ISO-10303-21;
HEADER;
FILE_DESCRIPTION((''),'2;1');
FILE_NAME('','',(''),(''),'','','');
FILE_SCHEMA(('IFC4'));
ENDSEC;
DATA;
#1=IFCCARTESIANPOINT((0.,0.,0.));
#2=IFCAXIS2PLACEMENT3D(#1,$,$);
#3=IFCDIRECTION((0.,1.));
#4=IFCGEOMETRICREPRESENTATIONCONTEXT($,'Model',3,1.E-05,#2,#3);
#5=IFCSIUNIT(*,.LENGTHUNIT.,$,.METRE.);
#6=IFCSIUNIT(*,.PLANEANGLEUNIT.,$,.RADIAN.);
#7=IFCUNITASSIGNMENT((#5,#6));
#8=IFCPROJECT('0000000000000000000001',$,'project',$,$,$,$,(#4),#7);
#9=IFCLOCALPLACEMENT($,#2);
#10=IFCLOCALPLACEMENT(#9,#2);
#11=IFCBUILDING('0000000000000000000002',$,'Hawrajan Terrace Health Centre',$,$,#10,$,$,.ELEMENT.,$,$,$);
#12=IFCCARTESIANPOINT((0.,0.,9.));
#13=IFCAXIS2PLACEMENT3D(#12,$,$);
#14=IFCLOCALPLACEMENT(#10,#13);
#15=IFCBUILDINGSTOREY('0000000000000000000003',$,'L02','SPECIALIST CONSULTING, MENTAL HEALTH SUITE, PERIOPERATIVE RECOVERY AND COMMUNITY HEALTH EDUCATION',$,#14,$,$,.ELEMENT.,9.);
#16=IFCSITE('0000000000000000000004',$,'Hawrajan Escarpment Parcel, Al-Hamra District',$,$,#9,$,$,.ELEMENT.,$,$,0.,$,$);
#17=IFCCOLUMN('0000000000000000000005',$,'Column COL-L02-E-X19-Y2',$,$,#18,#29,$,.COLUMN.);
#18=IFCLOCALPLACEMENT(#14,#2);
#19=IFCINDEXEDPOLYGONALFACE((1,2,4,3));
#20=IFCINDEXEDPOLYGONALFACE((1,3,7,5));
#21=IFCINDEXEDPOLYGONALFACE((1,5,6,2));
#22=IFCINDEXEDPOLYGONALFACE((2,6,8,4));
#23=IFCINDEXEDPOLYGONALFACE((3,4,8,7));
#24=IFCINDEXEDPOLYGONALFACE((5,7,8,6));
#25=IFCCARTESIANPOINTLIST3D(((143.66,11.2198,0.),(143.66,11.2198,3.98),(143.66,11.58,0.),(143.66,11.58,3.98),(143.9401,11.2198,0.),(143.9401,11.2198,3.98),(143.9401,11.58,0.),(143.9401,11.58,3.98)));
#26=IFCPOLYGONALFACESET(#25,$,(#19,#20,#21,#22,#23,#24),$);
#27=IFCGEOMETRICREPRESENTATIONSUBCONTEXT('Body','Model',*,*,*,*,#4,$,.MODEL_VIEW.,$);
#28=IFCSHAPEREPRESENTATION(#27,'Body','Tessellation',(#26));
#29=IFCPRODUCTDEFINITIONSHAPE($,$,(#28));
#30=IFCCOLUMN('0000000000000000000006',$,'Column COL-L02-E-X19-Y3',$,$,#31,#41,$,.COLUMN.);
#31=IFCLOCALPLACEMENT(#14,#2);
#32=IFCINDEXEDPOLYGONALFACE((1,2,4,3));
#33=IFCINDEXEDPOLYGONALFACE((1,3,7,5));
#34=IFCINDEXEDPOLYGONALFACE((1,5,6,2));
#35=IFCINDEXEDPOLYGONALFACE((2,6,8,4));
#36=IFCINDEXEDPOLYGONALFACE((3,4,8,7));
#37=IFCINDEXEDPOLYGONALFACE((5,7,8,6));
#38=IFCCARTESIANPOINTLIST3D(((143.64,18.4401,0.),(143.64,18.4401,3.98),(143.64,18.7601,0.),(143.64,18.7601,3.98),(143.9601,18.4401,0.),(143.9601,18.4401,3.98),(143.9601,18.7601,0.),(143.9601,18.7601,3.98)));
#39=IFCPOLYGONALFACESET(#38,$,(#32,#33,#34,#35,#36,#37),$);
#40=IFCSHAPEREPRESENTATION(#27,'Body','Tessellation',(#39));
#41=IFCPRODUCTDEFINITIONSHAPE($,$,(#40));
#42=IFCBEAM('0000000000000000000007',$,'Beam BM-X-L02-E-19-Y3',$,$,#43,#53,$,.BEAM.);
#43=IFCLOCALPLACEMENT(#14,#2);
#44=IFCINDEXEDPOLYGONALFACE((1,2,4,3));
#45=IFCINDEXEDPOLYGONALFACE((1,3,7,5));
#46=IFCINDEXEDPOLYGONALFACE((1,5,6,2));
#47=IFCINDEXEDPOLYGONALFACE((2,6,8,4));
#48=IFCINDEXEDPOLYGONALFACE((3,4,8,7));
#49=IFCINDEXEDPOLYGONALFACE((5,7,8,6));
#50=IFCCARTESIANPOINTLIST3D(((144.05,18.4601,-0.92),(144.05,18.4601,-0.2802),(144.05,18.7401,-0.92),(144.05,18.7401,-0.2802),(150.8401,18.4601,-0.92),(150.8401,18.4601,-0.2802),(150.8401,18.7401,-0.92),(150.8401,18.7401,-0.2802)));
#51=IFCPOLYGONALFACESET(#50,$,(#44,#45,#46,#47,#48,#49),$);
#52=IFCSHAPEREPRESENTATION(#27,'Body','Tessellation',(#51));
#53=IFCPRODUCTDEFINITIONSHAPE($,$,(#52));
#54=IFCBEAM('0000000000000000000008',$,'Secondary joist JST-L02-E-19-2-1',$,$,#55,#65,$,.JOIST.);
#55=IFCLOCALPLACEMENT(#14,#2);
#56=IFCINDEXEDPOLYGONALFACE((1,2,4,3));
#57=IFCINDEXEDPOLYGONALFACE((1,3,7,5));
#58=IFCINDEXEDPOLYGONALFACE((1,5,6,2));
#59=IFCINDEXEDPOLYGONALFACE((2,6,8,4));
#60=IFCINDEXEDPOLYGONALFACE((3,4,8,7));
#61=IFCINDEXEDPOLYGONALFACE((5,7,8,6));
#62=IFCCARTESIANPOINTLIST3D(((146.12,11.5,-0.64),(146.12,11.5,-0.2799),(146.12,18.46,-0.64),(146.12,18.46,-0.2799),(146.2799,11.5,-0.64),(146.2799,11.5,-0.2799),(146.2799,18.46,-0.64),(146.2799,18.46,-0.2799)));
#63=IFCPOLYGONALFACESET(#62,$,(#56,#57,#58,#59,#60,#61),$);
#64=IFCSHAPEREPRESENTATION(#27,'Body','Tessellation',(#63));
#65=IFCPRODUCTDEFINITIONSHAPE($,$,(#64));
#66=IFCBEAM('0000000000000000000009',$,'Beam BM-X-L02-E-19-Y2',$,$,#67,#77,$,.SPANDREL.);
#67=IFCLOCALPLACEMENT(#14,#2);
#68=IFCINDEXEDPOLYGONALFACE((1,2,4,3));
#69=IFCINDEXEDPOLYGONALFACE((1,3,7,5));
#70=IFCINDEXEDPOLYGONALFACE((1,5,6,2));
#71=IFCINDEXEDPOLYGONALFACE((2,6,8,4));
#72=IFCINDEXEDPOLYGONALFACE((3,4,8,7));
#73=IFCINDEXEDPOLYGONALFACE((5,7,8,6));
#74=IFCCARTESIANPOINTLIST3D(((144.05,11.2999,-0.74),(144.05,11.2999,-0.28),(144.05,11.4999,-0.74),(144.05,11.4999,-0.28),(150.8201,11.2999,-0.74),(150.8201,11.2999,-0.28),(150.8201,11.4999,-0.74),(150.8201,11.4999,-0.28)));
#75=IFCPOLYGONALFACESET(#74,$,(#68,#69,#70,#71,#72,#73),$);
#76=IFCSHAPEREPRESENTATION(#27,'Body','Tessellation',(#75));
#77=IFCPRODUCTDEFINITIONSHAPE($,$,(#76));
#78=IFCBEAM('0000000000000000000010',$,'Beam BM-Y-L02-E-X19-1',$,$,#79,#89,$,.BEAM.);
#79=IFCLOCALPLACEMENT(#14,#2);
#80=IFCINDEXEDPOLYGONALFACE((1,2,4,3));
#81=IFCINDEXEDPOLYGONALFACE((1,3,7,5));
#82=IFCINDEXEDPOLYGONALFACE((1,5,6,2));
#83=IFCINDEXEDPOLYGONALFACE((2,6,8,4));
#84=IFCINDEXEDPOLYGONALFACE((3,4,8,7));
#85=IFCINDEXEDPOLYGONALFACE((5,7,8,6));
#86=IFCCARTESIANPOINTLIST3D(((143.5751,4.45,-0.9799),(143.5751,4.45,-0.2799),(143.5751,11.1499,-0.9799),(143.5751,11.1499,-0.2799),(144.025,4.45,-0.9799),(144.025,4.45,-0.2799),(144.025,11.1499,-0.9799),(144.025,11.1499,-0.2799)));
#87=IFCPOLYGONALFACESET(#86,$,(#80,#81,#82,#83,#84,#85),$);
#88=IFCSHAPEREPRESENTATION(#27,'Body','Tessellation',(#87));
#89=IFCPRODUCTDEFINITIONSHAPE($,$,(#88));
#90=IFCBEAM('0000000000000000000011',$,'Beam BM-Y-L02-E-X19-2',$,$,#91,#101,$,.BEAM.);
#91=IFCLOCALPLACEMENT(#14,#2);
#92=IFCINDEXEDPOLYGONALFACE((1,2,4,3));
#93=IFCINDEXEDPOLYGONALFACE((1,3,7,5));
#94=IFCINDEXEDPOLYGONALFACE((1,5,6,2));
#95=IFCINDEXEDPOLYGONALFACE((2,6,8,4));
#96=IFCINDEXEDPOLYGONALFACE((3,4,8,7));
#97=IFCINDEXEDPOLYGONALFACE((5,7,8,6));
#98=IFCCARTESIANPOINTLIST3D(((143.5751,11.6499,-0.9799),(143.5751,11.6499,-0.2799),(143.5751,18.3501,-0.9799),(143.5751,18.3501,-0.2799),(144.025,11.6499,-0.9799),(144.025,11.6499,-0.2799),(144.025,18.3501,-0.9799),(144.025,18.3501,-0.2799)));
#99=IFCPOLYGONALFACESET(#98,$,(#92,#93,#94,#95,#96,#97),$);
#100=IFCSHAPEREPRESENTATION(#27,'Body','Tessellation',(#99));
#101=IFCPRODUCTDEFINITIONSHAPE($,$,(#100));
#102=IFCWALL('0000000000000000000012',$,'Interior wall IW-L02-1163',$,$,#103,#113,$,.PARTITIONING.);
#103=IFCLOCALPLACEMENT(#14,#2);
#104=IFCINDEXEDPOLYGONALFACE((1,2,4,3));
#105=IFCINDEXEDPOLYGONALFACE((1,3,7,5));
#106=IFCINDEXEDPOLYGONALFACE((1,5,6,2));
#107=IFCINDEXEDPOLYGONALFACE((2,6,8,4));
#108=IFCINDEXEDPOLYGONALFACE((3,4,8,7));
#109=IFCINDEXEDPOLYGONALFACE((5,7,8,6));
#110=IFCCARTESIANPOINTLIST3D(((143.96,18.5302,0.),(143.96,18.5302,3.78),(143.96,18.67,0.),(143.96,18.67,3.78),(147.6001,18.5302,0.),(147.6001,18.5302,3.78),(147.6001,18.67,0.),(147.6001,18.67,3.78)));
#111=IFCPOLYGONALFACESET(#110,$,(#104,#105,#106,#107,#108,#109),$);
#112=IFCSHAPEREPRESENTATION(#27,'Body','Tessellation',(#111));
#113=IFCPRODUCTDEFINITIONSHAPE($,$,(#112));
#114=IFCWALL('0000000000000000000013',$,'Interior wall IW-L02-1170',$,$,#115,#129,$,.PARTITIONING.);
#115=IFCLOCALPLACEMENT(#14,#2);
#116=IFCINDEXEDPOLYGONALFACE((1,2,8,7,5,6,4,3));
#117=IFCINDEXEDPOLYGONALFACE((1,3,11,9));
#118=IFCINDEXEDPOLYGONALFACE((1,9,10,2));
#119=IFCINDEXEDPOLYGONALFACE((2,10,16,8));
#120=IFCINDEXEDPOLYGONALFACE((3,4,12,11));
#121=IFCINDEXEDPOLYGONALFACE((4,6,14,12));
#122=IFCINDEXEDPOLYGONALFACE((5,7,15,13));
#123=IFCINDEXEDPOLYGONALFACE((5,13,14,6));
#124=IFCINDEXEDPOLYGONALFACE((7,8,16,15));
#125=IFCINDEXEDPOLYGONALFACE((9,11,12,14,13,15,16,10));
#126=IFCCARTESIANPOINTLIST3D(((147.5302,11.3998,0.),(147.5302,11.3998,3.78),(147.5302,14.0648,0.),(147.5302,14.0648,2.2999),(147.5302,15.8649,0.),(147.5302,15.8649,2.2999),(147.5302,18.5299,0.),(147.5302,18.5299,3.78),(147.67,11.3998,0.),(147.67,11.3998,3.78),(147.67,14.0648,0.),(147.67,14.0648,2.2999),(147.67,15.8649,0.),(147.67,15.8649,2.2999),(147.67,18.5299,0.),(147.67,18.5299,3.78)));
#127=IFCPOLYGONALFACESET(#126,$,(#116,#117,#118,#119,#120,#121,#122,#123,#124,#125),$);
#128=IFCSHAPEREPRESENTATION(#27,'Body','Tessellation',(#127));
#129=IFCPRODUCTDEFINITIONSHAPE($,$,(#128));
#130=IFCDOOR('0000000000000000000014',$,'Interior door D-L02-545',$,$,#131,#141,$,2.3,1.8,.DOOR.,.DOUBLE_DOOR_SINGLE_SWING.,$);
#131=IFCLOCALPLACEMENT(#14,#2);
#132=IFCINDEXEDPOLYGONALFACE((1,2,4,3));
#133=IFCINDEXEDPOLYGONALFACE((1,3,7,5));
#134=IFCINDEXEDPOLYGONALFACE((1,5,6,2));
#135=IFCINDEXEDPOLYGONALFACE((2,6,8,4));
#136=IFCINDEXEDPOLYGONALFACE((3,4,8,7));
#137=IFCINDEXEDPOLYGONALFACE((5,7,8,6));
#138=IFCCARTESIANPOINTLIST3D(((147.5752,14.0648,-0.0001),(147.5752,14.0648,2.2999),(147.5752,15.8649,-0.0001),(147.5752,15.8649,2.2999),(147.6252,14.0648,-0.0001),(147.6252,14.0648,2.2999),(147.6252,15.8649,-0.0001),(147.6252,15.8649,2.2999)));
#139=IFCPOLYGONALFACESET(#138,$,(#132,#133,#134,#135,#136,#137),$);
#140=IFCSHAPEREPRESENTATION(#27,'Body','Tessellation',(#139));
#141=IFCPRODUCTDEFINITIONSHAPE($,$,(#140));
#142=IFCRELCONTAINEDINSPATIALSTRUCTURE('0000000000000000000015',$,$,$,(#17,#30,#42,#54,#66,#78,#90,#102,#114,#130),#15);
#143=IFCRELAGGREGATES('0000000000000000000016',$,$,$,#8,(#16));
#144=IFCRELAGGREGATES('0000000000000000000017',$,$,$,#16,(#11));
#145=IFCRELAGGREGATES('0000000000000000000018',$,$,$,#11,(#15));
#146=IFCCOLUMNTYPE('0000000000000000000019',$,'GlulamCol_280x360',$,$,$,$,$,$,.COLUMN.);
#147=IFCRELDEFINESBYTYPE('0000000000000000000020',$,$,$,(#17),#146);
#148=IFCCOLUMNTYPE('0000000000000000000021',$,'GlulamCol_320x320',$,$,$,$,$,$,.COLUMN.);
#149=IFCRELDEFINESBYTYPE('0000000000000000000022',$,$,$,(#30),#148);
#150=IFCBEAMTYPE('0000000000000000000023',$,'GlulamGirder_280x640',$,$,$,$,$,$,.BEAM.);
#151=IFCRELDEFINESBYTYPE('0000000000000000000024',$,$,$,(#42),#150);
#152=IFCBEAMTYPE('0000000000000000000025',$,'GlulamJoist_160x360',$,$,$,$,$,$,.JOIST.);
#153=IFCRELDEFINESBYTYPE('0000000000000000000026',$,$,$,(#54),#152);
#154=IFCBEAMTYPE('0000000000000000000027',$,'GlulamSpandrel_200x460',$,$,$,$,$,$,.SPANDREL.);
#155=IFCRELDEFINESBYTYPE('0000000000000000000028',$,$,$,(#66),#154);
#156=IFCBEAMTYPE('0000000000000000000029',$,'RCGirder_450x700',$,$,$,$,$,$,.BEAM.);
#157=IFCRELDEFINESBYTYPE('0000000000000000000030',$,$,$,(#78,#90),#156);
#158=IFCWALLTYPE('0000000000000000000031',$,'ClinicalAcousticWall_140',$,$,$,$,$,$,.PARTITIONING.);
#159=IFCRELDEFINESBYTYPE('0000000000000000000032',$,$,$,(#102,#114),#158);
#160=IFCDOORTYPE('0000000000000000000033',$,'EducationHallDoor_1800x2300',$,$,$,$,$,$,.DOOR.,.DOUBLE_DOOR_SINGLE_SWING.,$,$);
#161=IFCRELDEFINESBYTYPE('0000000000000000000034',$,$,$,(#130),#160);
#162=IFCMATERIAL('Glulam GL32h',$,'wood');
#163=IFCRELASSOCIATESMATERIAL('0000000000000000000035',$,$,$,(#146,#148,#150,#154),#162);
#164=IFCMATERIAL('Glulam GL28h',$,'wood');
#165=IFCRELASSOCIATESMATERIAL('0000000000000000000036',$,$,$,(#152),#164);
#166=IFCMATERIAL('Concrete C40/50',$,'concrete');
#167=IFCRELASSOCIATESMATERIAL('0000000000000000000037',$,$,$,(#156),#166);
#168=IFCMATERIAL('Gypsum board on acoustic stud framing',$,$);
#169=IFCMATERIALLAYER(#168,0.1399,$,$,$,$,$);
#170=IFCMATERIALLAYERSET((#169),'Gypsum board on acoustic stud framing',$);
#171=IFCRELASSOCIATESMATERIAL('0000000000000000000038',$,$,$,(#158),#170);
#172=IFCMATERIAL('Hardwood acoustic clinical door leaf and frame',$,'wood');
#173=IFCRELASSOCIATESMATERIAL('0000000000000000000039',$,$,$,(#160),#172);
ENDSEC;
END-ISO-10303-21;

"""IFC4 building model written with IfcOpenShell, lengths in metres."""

from ifc_helpers import new_model, si_unit, direction, frame, frame_2d, origin, origin_2d, place, context, subcontext, project, spatial, rectangle, extrude, material, layer, layer_set, material_profile, profile_set, type_object, element, fill, save


model = new_model("IFC4")

# Units and contexts
model_context = context("Model", 3, precision=1e-05, world=origin(), true_north=direction((0.0, 1.0)))
body_context = subcontext(model_context, "Body", "Model", "MODEL_VIEW")
ifc_project = project(units=[si_unit("LENGTHUNIT", "METRE"), si_unit("PLANEANGLEUNIT", "RADIAN")], contexts=[model_context])

# Site, building, storey
site_placement = place(None, origin())
site = spatial("IfcSite", under=ifc_project, at=site_placement, Name="Hawrajan Escarpment Parcel, Al-Hamra District", CompositionType="ELEMENT", RefElevation=0.0)
building_placement = place(site_placement, origin())
building = spatial("IfcBuilding", under=site, at=building_placement, Name="Hawrajan Terrace Health Centre", CompositionType="ELEMENT")
storey_placement = place(building_placement, frame((0.0, 0.0, 9.0)))
storey = spatial("IfcBuildingStorey", under=building, at=storey_placement, Name="L02", Description="SPECIALIST CONSULTING, MENTAL HEALTH SUITE, PERIOPERATIVE RECOVERY AND COMMUNITY HEALTH EDUCATION", CompositionType="ELEMENT", Elevation=9.0)

# Columns
ifc_material_1 = material(Name="Glulam GL32h", Category="wood")
ifc_material_profile_1 = material_profile(ifc_material_1, rectangle(XDim=0.28, YDim=0.3601, at=origin_2d()), Name="GL 280x360")
ifc_profile_set_1 = profile_set([ifc_material_profile_1], Name="Glulam GL32h")
column_type_1 = type_object("IfcColumnType", Name="GlulamCol_280x360", PredefinedType="COLUMN", material=ifc_profile_set_1)
column_1_placement = place(storey_placement, frame((143.8, 11.3999, 0.0), z_axis=(0.0, 0.0, 1.0), x_axis=(1.0, 0.0, 0.0)))
element("IfcColumn", 1, at=column_1_placement, inside=storey, type_object=column_type_1, Name="Column COL-L02-E-X19-Y2", PredefinedType="COLUMN", context=body_context, shape_type="SweptSolid", body=[
    extrude(rectangle(XDim=0.28, YDim=0.3601, at=origin_2d()), origin(), (0.0, 0.0, 1.0), 3.98),
])
ifc_material_profile_2 = material_profile(ifc_material_1, rectangle(XDim=0.3201, YDim=0.3201, at=origin_2d()), Name="GL 320x320")
ifc_profile_set_2 = profile_set([ifc_material_profile_2], Name="Glulam GL32h")
column_type_2 = type_object("IfcColumnType", Name="GlulamCol_320x320", PredefinedType="COLUMN", material=ifc_profile_set_2)
column_2_placement = place(storey_placement, frame((143.8, 18.6001, 0.0), z_axis=(0.0, 0.0, 1.0), x_axis=(1.0, 0.0, 0.0)))
element("IfcColumn", 2, at=column_2_placement, inside=storey, type_object=column_type_2, Name="Column COL-L02-E-X19-Y3", PredefinedType="COLUMN", context=body_context, shape_type="SweptSolid", body=[
    extrude(rectangle(XDim=0.3201, YDim=0.3201, at=origin_2d()), origin(), (0.0, 0.0, 1.0), 3.98),
])

# Beams
ifc_material_profile_3 = material_profile(ifc_material_1, rectangle(XDim=0.28, YDim=0.6399, at=origin_2d()), Name="GL BM 280x640")
ifc_profile_set_3 = profile_set([ifc_material_profile_3], Name="Glulam GL32h")
beam_type_1 = type_object("IfcBeamType", Name="GlulamGirder_280x640", PredefinedType="BEAM", material=ifc_profile_set_3)
beam_1_placement = place(storey_placement, frame((144.05, 18.6001, -0.6001), z_axis=(1.0, 0.0, 0.0), x_axis=(0.0, 1.0, 0.0)))
element("IfcBeam", 3, at=beam_1_placement, inside=storey, type_object=beam_type_1, Name="Beam BM-X-L02-E-19-Y3", PredefinedType="BEAM", context=body_context, shape_type="SweptSolid", body=[
    extrude(rectangle(XDim=0.28, YDim=0.6399, at=origin_2d()), origin(), (0.0, 0.0, 1.0), 6.79),
])
ifc_material_2 = material(Name="Glulam GL28h", Category="wood")
ifc_material_profile_4 = material_profile(ifc_material_2, rectangle(XDim=0.1599, YDim=0.3601, at=origin_2d()), Name="GL JST 160x360")
ifc_profile_set_4 = profile_set([ifc_material_profile_4], Name="Glulam GL28h")
beam_type_2 = type_object("IfcBeamType", Name="GlulamJoist_160x360", PredefinedType="JOIST", material=ifc_profile_set_4)
beam_2_placement = place(storey_placement, frame((146.2, 11.5, -0.46), z_axis=(0.0, 1.0, 0.0), x_axis=(-1.0, 0.0, 0.0)))
element("IfcBeam", 4, at=beam_2_placement, inside=storey, type_object=beam_type_2, Name="Secondary joist JST-L02-E-19-2-1", PredefinedType="JOIST", context=body_context, shape_type="SweptSolid", body=[
    extrude(rectangle(XDim=0.1599, YDim=0.3601, at=origin_2d()), origin(), (0.0, 0.0, 1.0), 6.96),
])
ifc_material_profile_5 = material_profile(ifc_material_1, rectangle(XDim=0.2, YDim=0.46, at=origin_2d()), Name="GL SP 200x460")
ifc_profile_set_5 = profile_set([ifc_material_profile_5], Name="Glulam GL32h")
beam_type_3 = type_object("IfcBeamType", Name="GlulamSpandrel_200x460", PredefinedType="SPANDREL", material=ifc_profile_set_5)
beam_3_placement = place(storey_placement, frame((144.05, 11.3999, -0.51), z_axis=(1.0, 0.0, 0.0), x_axis=(0.0, 1.0, 0.0)))
element("IfcBeam", 5, at=beam_3_placement, inside=storey, type_object=beam_type_3, Name="Beam BM-X-L02-E-19-Y2", PredefinedType="SPANDREL", context=body_context, shape_type="SweptSolid", body=[
    extrude(rectangle(XDim=0.2, YDim=0.46, at=origin_2d()), origin(), (0.0, 0.0, 1.0), 6.77),
])
ifc_material_3 = material(Name="Concrete C40/50", Category="concrete")
ifc_material_profile_6 = material_profile(ifc_material_3, rectangle(XDim=0.45, YDim=0.7, at=origin_2d()), Name="RC BM 450x700")
ifc_profile_set_6 = profile_set([ifc_material_profile_6], Name="Concrete C40/50")
beam_type_4 = type_object("IfcBeamType", Name="RCGirder_450x700", PredefinedType="BEAM", material=ifc_profile_set_6)
beam_4_placement = place(storey_placement, frame((143.8, 4.45, -0.6299), z_axis=(0.0, 1.0, 0.0), x_axis=(-1.0, 0.0, 0.0)))
element("IfcBeam", 6, at=beam_4_placement, inside=storey, type_object=beam_type_4, Name="Beam BM-Y-L02-E-X19-1", PredefinedType="BEAM", context=body_context, shape_type="SweptSolid", body=[
    extrude(rectangle(XDim=0.45, YDim=0.7, at=origin_2d()), origin(), (0.0, 0.0, 1.0), 6.7),
])
beam_5_placement = place(storey_placement, frame((143.8, 11.6499, -0.6299), z_axis=(0.0, 1.0, 0.0), x_axis=(-1.0, 0.0, 0.0)))
element("IfcBeam", 7, at=beam_5_placement, inside=storey, type_object=beam_type_4, Name="Beam BM-Y-L02-E-X19-2", PredefinedType="BEAM", context=body_context, shape_type="SweptSolid", body=[
    extrude(rectangle(XDim=0.45, YDim=0.7, at=origin_2d()), origin(), (0.0, 0.0, 1.0), 6.7002),
])

# Wall
ifc_material_4 = material(Name="Gypsum board on acoustic stud framing")
ifc_layer_1 = layer(ifc_material_4, 0.1399)
ifc_layer_set_1 = layer_set([ifc_layer_1], Name="Gypsum board on acoustic stud framing")
wall_type_1 = type_object("IfcWallType", Name="ClinicalAcousticWall_140", PredefinedType="PARTITIONING", material=ifc_layer_set_1)
wall_1_placement = place(storey_placement, frame((143.96, 18.6001, 0.0), z_axis=(0.0, 0.0, 1.0), x_axis=(1.0, 0.0, 0.0)))
element("IfcWall", 8, at=wall_1_placement, inside=storey, type_object=wall_type_1, Name="Interior wall IW-L02-1163", PredefinedType="PARTITIONING", context=body_context, shape_type="SweptSolid", body=[
    extrude(rectangle(XDim=3.6401, YDim=0.1399, at=frame_2d((1.8201, 0.0))), origin(), (0.0, 0.0, 1.0), 3.78),
])

# Wall, opening, door
wall_2_placement = place(storey_placement, frame((147.6001, 11.3999, 0.0), z_axis=(0.0, 0.0, 1.0), x_axis=(0.0, 1.0, 0.0)))
wall_2 = element("IfcWall", 9, at=wall_2_placement, inside=storey, type_object=wall_type_1, Name="Interior wall IW-L02-1170", PredefinedType="PARTITIONING", context=body_context, shape_type="SweptSolid", body=[
    extrude(rectangle(XDim=7.1301, YDim=0.1399, at=frame_2d((3.5649, 0.0))), origin(), (0.0, 0.0, 1.0), 3.78),
])
opening_1_placement = place(wall_2_placement, frame((2.665, 0.0, 0.0)))
opening_1 = element("IfcOpeningElement", 10, at=opening_1_placement, cuts=wall_2, PredefinedType="OPENING", context=body_context, shape_type="SweptSolid", body=[
    extrude(rectangle(XDim=1.8, YDim=2.3, at=frame_2d((0.8999, 1.1499))), frame((0.0, 0.0798, 0.0), z_axis=(0.0, -1.0, 0.0), x_axis=(1.0, 0.0, 0.0)), (0.0, 0.0, 1.0), 0.1599),
])
ifc_material_5 = material(Name="Hardwood acoustic clinical door leaf and frame", Category="wood")
door_type_1 = type_object("IfcDoorType", Name="EducationHallDoor_1800x2300", OperationType="DOUBLE_DOOR_SINGLE_SWING", PredefinedType="DOOR", material=ifc_material_5)
door_1_placement = place(opening_1_placement, origin())
door_1 = element("IfcDoor", 11, at=door_1_placement, inside=storey, type_object=door_type_1, Name="Interior door D-L02-545", OperationType="DOUBLE_DOOR_SINGLE_SWING", OverallHeight=2.3, OverallWidth=1.8, PredefinedType="DOOR", context=body_context, shape_type="SweptSolid", body=[
    extrude(rectangle(XDim=1.8, YDim=2.3, at=frame_2d((0.8999, 1.1499))), frame((0.0, 0.0249, 0.0), z_axis=(0.0, -1.0, 0.0), x_axis=(1.0, 0.0, 0.0)), (0.0, 0.0, 1.0), 0.05),
])
fill(opening_1, door_1)

save(model, "model.ifc")
